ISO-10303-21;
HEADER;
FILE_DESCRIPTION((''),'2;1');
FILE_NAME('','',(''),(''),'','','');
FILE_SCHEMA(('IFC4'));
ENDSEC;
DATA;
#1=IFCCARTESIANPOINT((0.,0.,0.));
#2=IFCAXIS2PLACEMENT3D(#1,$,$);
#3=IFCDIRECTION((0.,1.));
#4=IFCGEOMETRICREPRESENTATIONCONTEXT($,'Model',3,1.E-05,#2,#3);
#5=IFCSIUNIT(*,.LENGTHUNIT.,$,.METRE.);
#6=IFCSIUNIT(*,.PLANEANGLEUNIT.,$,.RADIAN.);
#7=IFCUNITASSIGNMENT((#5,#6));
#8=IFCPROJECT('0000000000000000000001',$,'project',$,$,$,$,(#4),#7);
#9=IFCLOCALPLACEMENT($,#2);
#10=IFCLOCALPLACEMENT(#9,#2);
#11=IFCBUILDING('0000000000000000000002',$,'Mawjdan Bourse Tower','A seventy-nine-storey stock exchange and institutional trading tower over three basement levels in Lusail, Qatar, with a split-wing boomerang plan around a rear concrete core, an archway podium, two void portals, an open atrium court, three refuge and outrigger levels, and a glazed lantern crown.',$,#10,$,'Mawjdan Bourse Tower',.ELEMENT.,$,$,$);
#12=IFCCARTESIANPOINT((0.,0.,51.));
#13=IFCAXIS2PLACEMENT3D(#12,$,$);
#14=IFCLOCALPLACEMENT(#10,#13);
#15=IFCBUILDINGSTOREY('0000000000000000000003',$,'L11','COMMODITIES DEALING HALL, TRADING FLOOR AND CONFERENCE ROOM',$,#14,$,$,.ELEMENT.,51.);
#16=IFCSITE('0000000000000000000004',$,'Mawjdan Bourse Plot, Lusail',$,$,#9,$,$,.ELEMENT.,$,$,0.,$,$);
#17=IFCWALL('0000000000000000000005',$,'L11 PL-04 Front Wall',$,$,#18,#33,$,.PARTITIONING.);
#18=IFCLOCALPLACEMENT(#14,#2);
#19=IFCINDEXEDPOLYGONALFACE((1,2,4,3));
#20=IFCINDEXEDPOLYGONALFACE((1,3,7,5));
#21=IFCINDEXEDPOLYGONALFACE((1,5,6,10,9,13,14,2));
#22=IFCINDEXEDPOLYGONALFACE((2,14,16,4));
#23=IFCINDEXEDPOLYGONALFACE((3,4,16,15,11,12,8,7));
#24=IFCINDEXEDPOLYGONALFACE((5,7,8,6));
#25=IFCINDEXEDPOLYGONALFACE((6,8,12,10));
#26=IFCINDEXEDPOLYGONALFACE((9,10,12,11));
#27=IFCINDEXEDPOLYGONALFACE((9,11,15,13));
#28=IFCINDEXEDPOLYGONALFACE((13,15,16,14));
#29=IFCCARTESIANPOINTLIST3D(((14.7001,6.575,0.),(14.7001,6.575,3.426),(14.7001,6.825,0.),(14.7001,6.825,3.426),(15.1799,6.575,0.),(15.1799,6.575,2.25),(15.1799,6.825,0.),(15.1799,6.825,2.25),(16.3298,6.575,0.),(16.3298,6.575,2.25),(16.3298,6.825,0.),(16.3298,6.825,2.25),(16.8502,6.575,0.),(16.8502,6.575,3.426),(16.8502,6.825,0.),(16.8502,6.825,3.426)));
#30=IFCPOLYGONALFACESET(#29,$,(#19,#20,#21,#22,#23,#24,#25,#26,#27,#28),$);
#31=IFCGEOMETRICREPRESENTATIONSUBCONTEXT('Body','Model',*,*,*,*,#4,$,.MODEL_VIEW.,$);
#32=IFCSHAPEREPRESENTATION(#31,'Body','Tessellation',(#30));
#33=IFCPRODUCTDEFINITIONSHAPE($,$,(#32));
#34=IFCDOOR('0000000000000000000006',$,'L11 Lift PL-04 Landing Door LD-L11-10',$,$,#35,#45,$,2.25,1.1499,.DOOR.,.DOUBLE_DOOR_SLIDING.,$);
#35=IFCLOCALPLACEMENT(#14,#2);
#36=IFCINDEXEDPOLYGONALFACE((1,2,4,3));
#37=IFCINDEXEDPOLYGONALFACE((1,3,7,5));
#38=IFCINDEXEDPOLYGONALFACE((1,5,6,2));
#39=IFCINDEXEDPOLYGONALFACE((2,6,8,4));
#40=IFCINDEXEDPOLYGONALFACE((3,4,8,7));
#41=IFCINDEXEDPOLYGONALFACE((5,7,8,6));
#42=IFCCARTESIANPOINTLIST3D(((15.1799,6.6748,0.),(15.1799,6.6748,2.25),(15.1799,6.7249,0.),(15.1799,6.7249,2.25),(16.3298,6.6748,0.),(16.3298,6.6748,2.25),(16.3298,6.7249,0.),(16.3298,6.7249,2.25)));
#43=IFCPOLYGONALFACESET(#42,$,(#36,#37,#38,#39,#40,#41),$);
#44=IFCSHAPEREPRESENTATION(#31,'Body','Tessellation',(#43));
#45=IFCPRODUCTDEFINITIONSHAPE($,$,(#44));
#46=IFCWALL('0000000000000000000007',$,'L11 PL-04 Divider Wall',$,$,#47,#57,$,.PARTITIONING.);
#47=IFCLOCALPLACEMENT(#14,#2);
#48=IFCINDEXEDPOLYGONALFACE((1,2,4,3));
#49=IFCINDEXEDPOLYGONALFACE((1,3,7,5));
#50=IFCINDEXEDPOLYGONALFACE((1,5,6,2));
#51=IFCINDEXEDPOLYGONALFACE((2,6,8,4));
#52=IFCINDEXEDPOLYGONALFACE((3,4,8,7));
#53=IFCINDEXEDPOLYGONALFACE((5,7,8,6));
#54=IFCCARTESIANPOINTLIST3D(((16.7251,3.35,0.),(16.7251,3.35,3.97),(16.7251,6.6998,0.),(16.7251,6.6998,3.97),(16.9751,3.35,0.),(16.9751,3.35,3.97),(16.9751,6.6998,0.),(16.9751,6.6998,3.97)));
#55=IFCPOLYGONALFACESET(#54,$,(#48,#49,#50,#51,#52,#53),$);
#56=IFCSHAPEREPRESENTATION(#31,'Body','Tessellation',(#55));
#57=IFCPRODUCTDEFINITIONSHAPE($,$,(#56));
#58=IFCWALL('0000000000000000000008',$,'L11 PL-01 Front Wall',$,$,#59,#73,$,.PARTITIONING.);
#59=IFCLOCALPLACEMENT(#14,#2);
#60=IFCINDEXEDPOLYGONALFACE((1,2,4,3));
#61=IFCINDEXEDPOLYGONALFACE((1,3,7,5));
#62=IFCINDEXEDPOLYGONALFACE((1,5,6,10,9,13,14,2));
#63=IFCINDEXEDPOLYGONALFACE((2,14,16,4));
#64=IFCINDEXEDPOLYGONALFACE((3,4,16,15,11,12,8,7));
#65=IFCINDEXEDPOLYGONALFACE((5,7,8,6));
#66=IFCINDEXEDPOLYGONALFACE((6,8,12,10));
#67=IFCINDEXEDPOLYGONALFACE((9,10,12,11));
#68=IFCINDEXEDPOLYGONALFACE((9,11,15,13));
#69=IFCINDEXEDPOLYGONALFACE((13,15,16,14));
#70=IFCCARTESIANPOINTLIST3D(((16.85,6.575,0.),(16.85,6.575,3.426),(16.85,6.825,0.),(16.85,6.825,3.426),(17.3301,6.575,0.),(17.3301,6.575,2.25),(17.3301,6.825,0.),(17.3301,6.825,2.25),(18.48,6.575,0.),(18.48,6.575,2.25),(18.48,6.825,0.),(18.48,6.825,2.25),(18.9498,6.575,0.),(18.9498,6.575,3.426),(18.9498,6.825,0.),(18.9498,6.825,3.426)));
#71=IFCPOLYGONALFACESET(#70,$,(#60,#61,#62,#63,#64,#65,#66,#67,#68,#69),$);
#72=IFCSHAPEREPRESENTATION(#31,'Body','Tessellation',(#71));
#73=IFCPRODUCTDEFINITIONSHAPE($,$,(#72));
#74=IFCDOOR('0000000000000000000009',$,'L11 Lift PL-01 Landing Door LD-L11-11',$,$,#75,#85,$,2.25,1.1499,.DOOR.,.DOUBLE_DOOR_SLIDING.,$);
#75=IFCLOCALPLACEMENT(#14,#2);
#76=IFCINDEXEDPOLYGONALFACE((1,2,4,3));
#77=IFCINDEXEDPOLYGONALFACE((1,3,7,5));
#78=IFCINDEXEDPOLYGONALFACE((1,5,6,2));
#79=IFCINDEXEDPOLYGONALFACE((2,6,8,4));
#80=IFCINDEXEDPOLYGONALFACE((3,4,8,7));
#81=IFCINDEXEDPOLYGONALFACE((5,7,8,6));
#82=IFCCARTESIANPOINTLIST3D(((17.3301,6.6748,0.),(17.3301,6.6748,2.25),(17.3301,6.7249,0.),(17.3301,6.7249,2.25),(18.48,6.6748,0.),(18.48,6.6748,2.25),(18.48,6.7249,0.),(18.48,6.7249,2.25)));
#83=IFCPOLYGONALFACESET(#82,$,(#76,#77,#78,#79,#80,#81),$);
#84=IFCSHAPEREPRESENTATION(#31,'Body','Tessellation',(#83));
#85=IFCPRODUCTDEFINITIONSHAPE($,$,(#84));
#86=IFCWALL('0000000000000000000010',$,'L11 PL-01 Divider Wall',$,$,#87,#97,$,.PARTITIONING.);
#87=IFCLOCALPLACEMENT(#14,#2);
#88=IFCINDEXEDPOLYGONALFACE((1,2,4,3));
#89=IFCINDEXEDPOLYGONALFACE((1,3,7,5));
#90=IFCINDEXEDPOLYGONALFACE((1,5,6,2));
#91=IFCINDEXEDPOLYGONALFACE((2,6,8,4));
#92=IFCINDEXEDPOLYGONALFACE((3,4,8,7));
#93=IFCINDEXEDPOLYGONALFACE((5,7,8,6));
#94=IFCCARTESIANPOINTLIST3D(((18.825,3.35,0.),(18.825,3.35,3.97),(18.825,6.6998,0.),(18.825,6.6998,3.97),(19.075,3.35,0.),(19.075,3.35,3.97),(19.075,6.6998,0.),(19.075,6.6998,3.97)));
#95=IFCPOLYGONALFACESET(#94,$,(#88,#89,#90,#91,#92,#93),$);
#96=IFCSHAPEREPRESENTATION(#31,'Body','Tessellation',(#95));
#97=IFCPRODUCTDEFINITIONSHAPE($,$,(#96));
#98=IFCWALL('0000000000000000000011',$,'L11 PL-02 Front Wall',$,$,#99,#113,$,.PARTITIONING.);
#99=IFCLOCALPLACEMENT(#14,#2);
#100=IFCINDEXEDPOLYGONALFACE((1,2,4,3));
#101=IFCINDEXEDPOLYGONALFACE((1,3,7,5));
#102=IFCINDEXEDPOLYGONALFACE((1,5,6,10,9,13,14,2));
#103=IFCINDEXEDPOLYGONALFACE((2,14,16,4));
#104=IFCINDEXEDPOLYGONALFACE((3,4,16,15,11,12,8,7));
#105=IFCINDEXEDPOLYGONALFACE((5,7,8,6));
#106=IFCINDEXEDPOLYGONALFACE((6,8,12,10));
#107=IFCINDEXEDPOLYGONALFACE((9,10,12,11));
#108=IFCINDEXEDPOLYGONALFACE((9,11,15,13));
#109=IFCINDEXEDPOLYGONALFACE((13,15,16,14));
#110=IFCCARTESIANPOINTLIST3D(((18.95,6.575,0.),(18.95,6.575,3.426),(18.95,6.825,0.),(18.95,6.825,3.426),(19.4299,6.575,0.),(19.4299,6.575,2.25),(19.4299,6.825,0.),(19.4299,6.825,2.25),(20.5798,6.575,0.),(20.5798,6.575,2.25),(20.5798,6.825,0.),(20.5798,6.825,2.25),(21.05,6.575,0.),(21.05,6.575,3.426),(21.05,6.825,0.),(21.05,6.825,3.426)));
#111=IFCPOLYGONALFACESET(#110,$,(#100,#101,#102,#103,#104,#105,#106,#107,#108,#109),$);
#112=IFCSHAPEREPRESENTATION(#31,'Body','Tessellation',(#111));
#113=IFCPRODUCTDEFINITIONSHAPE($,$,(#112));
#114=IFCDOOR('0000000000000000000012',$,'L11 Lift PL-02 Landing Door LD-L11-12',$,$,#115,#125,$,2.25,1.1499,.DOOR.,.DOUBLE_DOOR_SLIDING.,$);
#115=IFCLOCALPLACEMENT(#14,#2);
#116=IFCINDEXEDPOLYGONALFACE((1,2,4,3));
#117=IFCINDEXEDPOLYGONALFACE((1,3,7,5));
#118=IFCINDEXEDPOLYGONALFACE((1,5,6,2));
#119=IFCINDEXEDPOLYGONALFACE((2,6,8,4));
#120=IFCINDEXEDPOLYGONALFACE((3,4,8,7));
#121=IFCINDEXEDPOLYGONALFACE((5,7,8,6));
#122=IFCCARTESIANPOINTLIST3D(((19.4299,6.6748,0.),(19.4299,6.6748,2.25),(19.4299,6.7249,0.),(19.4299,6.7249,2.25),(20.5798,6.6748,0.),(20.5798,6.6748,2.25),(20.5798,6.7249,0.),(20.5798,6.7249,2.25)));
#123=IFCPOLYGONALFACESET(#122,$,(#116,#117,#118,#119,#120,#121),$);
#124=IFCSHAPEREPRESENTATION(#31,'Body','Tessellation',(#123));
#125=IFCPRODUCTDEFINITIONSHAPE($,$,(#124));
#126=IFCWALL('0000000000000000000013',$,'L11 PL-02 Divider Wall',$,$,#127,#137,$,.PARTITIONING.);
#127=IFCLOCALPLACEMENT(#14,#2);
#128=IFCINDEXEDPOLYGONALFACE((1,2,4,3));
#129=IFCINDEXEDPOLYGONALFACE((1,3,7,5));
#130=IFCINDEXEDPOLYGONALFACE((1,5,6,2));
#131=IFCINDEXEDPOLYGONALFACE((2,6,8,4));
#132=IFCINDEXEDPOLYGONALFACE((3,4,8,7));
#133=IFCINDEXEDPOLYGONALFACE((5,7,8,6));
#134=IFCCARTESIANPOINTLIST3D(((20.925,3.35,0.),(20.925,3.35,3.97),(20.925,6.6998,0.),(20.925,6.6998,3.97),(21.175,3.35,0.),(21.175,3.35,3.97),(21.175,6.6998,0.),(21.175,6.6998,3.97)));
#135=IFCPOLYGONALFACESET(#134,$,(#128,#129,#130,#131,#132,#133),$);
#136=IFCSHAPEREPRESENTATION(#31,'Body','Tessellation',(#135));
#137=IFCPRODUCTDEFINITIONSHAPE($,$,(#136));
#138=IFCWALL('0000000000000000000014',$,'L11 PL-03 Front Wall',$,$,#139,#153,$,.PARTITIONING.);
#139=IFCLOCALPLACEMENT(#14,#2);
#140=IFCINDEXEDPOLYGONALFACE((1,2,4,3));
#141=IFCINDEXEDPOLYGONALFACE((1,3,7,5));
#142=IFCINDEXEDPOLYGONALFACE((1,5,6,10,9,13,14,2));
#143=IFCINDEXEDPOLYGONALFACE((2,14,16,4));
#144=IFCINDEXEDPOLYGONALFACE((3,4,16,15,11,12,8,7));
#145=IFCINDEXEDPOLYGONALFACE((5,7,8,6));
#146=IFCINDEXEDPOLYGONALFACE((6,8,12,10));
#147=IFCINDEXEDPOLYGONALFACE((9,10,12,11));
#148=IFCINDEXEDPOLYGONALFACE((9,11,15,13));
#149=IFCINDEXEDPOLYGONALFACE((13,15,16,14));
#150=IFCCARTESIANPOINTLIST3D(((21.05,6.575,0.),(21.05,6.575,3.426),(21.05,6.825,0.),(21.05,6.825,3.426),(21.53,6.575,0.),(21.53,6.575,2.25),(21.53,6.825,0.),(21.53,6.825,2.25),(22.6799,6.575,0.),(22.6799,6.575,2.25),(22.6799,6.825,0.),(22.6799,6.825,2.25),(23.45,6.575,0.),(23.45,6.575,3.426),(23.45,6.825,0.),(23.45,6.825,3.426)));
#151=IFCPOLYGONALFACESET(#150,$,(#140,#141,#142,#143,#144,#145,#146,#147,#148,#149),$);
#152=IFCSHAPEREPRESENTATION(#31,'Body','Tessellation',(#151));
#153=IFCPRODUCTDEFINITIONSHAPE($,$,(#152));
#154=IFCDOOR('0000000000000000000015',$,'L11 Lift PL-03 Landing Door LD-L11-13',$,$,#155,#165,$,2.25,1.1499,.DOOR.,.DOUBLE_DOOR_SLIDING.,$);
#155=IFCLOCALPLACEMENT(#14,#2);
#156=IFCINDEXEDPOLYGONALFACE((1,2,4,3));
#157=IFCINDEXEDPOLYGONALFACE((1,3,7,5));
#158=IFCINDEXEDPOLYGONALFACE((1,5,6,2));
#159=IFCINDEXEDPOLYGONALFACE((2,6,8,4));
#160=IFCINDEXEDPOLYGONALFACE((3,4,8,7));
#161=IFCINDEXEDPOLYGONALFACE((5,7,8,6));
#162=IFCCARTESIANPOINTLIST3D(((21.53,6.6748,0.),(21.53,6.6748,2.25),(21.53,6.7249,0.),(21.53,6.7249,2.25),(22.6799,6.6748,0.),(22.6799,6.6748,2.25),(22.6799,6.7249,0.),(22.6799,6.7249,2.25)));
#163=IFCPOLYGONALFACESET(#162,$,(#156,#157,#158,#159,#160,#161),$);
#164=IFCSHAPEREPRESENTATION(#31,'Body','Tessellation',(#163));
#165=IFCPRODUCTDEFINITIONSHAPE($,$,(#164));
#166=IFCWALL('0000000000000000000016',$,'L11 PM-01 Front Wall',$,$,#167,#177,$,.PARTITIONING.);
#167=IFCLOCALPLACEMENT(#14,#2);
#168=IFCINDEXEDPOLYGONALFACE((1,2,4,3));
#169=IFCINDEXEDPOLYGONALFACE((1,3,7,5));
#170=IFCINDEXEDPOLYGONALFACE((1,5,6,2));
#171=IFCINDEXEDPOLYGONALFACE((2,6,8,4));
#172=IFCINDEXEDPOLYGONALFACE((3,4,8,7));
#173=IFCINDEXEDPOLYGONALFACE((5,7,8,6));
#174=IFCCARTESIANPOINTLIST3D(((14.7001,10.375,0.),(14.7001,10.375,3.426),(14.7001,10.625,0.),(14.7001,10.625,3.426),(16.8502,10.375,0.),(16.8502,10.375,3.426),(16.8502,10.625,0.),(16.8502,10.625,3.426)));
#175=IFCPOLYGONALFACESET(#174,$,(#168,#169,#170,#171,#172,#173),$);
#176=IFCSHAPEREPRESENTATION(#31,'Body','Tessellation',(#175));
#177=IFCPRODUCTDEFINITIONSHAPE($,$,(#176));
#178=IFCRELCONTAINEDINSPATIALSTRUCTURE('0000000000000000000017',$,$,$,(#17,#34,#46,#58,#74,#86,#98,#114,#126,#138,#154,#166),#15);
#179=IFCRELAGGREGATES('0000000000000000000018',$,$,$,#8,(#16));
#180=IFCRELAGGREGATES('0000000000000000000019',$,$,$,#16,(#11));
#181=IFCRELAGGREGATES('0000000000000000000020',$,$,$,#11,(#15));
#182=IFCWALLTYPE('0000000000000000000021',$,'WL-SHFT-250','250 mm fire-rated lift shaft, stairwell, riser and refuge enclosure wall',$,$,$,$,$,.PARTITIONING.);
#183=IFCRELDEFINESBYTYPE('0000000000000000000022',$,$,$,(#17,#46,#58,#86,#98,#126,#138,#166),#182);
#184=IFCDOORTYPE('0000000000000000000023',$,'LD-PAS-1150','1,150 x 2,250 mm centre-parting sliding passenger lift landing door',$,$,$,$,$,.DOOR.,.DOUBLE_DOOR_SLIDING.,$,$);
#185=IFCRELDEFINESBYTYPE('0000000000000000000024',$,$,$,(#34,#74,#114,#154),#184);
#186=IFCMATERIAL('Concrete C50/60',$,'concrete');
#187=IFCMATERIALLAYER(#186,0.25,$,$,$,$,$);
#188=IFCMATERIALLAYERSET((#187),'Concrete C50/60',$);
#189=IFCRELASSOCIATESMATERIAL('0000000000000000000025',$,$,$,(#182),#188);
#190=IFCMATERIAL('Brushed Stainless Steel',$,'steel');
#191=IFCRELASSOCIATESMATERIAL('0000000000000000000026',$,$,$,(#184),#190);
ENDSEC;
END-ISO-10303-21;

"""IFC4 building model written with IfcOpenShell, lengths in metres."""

from ifc_helpers import new_model, si_unit, direction, frame, frame_2d, origin, place, context, subcontext, project, spatial, rectangle, extrude, material, layer, layer_set, type_object, element, fill, save


model = new_model("IFC4")

# Units and contexts
model_context = context("Model", 3, precision=1e-05, world=origin(), true_north=direction((0.0, 1.0)))
body_context = subcontext(model_context, "Body", "Model", "MODEL_VIEW")
ifc_project = project(units=[si_unit("LENGTHUNIT", "METRE"), si_unit("PLANEANGLEUNIT", "RADIAN")], contexts=[model_context])

# Site, building, storey
site_placement = place(None, origin())
site = spatial("IfcSite", under=ifc_project, at=site_placement, Name="Mawjdan Bourse Plot, Lusail", CompositionType="ELEMENT", RefElevation=0.0)
building_placement = place(site_placement, origin())
building = spatial("IfcBuilding", under=site, at=building_placement, Name="Mawjdan Bourse Tower", Description="A seventy-nine-storey stock exchange and institutional trading tower over three basement levels in Lusail, Qatar, with a split-wing boomerang plan around a rear concrete core, an archway podium, two void portals, an open atrium court, three refuge and outrigger levels, and a glazed lantern crown.", LongName="Mawjdan Bourse Tower", CompositionType="ELEMENT")
storey_placement = place(building_placement, frame((0.0, 0.0, 51.0)))
storey = spatial("IfcBuildingStorey", under=building, at=storey_placement, Name="L11", Description="COMMODITIES DEALING HALL, TRADING FLOOR AND CONFERENCE ROOM", CompositionType="ELEMENT", Elevation=51.0)

# Shared definitions
ifc_material_1 = material(Name="Concrete C50/60", Category="concrete")
ifc_layer_1 = layer(ifc_material_1, 0.25)
ifc_layer_set_1 = layer_set([ifc_layer_1], Name="Concrete C50/60")
wall_type_1 = type_object("IfcWallType", Name="WL-SHFT-250", Description="250 mm fire-rated lift shaft, stairwell, riser and refuge enclosure wall", PredefinedType="PARTITIONING", material=ifc_layer_set_1)
ifc_material_2 = material(Name="Brushed Stainless Steel", Category="steel")

# Wall, opening, door
wall_1_placement = place(storey_placement, frame((14.7, 6.7, 0.0), z_axis=(0.0, 0.0, 1.0), x_axis=(1.0, 0.0, 0.0)))
wall_1 = element("IfcWall", 1, at=wall_1_placement, inside=storey, type_object=wall_type_1, Name="L11 PL-04 Front Wall", PredefinedType="PARTITIONING", context=body_context, shape_type="SweptSolid", body=[
    extrude(rectangle(XDim=2.1501, YDim=0.25, at=frame_2d((1.0752, 0.0))), origin(), (0.0, 0.0, 1.0), 3.426),
])
opening_1_placement = place(wall_1_placement, frame((0.48, 0.0, 0.0)))
opening_1 = element("IfcOpeningElement", 2, at=opening_1_placement, cuts=wall_1, PredefinedType="OPENING", context=body_context, shape_type="SweptSolid", body=[
    extrude(rectangle(XDim=1.1499, YDim=2.25, at=frame_2d((0.575, 1.125))), frame((0.0, 0.135, 0.0), z_axis=(0.0, -1.0, 0.0), x_axis=(1.0, 0.0, 0.0)), (0.0, 0.0, 1.0), 0.27),
])
door_type_1 = type_object("IfcDoorType", Name="LD-PAS-1150", Description="1,150 x 2,250 mm centre-parting sliding passenger lift landing door", OperationType="DOUBLE_DOOR_SLIDING", PredefinedType="DOOR", material=ifc_material_2)
door_1_placement = place(opening_1_placement, origin())
door_1 = element("IfcDoor", 3, at=door_1_placement, inside=storey, type_object=door_type_1, Name="L11 Lift PL-04 Landing Door LD-L11-10", OperationType="DOUBLE_DOOR_SLIDING", OverallHeight=2.25, OverallWidth=1.1499, PredefinedType="DOOR", context=body_context, shape_type="SweptSolid", body=[
    extrude(rectangle(XDim=1.1499, YDim=2.25, at=frame_2d((0.575, 1.125))), frame((0.0, 0.0249, 0.0), z_axis=(0.0, -1.0, 0.0), x_axis=(1.0, 0.0, 0.0)), (0.0, 0.0, 1.0), 0.05),
])
fill(opening_1, door_1)

# Wall
wall_2_placement = place(storey_placement, frame((16.8501, 3.3501, 0.0), z_axis=(0.0, 0.0, 1.0), x_axis=(0.0, 1.0, 0.0)))
element("IfcWall", 4, at=wall_2_placement, inside=storey, type_object=wall_type_1, Name="L11 PL-04 Divider Wall", PredefinedType="PARTITIONING", context=body_context, shape_type="SweptSolid", body=[
    extrude(rectangle(XDim=3.3499, YDim=0.25, at=frame_2d((1.6748, 0.0))), origin(), (0.0, 0.0, 1.0), 3.97),
])

# Wall, opening, door
wall_3_placement = place(storey_placement, frame((16.8501, 6.7, 0.0), z_axis=(0.0, 0.0, 1.0), x_axis=(1.0, 0.0, 0.0)))
wall_3 = element("IfcWall", 5, at=wall_3_placement, inside=storey, type_object=wall_type_1, Name="L11 PL-01 Front Wall", PredefinedType="PARTITIONING", context=body_context, shape_type="SweptSolid", body=[
    extrude(rectangle(XDim=2.0999, YDim=0.25, at=frame_2d((1.0498, 0.0))), origin(), (0.0, 0.0, 1.0), 3.426),
])
opening_2_placement = place(wall_3_placement, frame((0.48, 0.0, 0.0)))
opening_2 = element("IfcOpeningElement", 6, at=opening_2_placement, cuts=wall_3, PredefinedType="OPENING", context=body_context, shape_type="SweptSolid", body=[
    extrude(rectangle(XDim=1.1499, YDim=2.25, at=frame_2d((0.575, 1.125))), frame((0.0, 0.135, 0.0), z_axis=(0.0, -1.0, 0.0), x_axis=(1.0, 0.0, 0.0)), (0.0, 0.0, 1.0), 0.27),
])
door_2_placement = place(opening_2_placement, origin())
door_2 = element("IfcDoor", 7, at=door_2_placement, inside=storey, type_object=door_type_1, Name="L11 Lift PL-01 Landing Door LD-L11-11", OperationType="DOUBLE_DOOR_SLIDING", OverallHeight=2.25, OverallWidth=1.1499, PredefinedType="DOOR", context=body_context, shape_type="SweptSolid", body=[
    extrude(rectangle(XDim=1.1499, YDim=2.25, at=frame_2d((0.575, 1.125))), frame((0.0, 0.0249, 0.0), z_axis=(0.0, -1.0, 0.0), x_axis=(1.0, 0.0, 0.0)), (0.0, 0.0, 1.0), 0.05),
])
fill(opening_2, door_2)

# Wall
wall_4_placement = place(storey_placement, frame((18.95, 3.3501, 0.0), z_axis=(0.0, 0.0, 1.0), x_axis=(0.0, 1.0, 0.0)))
element("IfcWall", 8, at=wall_4_placement, inside=storey, type_object=wall_type_1, Name="L11 PL-01 Divider Wall", PredefinedType="PARTITIONING", context=body_context, shape_type="SweptSolid", body=[
    extrude(rectangle(XDim=3.3499, YDim=0.25, at=frame_2d((1.6748, 0.0))), origin(), (0.0, 0.0, 1.0), 3.97),
])

# Wall, opening, door
wall_5_placement = place(storey_placement, frame((18.95, 6.7, 0.0), z_axis=(0.0, 0.0, 1.0), x_axis=(1.0, 0.0, 0.0)))
wall_5 = element("IfcWall", 9, at=wall_5_placement, inside=storey, type_object=wall_type_1, Name="L11 PL-02 Front Wall", PredefinedType="PARTITIONING", context=body_context, shape_type="SweptSolid", body=[
    extrude(rectangle(XDim=2.1001, YDim=0.25, at=frame_2d((1.05, 0.0))), origin(), (0.0, 0.0, 1.0), 3.426),
])
opening_3_placement = place(wall_5_placement, frame((0.48, 0.0, 0.0)))
opening_3 = element("IfcOpeningElement", 10, at=opening_3_placement, cuts=wall_5, PredefinedType="OPENING", context=body_context, shape_type="SweptSolid", body=[
    extrude(rectangle(XDim=1.1499, YDim=2.25, at=frame_2d((0.575, 1.125))), frame((0.0, 0.135, 0.0), z_axis=(0.0, -1.0, 0.0), x_axis=(1.0, 0.0, 0.0)), (0.0, 0.0, 1.0), 0.27),
])
door_3_placement = place(opening_3_placement, origin())
door_3 = element("IfcDoor", 11, at=door_3_placement, inside=storey, type_object=door_type_1, Name="L11 Lift PL-02 Landing Door LD-L11-12", OperationType="DOUBLE_DOOR_SLIDING", OverallHeight=2.25, OverallWidth=1.1499, PredefinedType="DOOR", context=body_context, shape_type="SweptSolid", body=[
    extrude(rectangle(XDim=1.1499, YDim=2.25, at=frame_2d((0.575, 1.125))), frame((0.0, 0.0249, 0.0), z_axis=(0.0, -1.0, 0.0), x_axis=(1.0, 0.0, 0.0)), (0.0, 0.0, 1.0), 0.05),
])
fill(opening_3, door_3)

# Wall
wall_6_placement = place(storey_placement, frame((21.05, 3.3501, 0.0), z_axis=(0.0, 0.0, 1.0), x_axis=(0.0, 1.0, 0.0)))
element("IfcWall", 12, at=wall_6_placement, inside=storey, type_object=wall_type_1, Name="L11 PL-02 Divider Wall", PredefinedType="PARTITIONING", context=body_context, shape_type="SweptSolid", body=[
    extrude(rectangle(XDim=3.3499, YDim=0.25, at=frame_2d((1.6748, 0.0))), origin(), (0.0, 0.0, 1.0), 3.97),
])

# Wall, opening, door
wall_7_placement = place(storey_placement, frame((21.05, 6.7, 0.0), z_axis=(0.0, 0.0, 1.0), x_axis=(1.0, 0.0, 0.0)))
wall_7 = element("IfcWall", 13, at=wall_7_placement, inside=storey, type_object=wall_type_1, Name="L11 PL-03 Front Wall", PredefinedType="PARTITIONING", context=body_context, shape_type="SweptSolid", body=[
    extrude(rectangle(XDim=2.3999, YDim=0.25, at=frame_2d((1.2, 0.0))), origin(), (0.0, 0.0, 1.0), 3.426),
])
opening_4_placement = place(wall_7_placement, frame((0.48, 0.0, 0.0)))
opening_4 = element("IfcOpeningElement", 14, at=opening_4_placement, cuts=wall_7, PredefinedType="OPENING", context=body_context, shape_type="SweptSolid", body=[
    extrude(rectangle(XDim=1.1499, YDim=2.25, at=frame_2d((0.575, 1.125))), frame((0.0, 0.135, 0.0), z_axis=(0.0, -1.0, 0.0), x_axis=(1.0, 0.0, 0.0)), (0.0, 0.0, 1.0), 0.27),
])
door_4_placement = place(opening_4_placement, origin())
door_4 = element("IfcDoor", 15, at=door_4_placement, inside=storey, type_object=door_type_1, Name="L11 Lift PL-03 Landing Door LD-L11-13", OperationType="DOUBLE_DOOR_SLIDING", OverallHeight=2.25, OverallWidth=1.1499, PredefinedType="DOOR", context=body_context, shape_type="SweptSolid", body=[
    extrude(rectangle(XDim=1.1499, YDim=2.25, at=frame_2d((0.575, 1.125))), frame((0.0, 0.0249, 0.0), z_axis=(0.0, -1.0, 0.0), x_axis=(1.0, 0.0, 0.0)), (0.0, 0.0, 1.0), 0.05),
])
fill(opening_4, door_4)

# Wall
wall_8_placement = place(storey_placement, frame((14.7, 10.5, 0.0), z_axis=(0.0, 0.0, 1.0), x_axis=(1.0, 0.0, 0.0)))
element("IfcWall", 16, at=wall_8_placement, inside=storey, type_object=wall_type_1, Name="L11 PM-01 Front Wall", PredefinedType="PARTITIONING", context=body_context, shape_type="SweptSolid", body=[
    extrude(rectangle(XDim=2.1501, YDim=0.25, at=frame_2d((1.0752, 0.0))), origin(), (0.0, 0.0, 1.0), 3.426),
])

save(model, "model.ifc")
